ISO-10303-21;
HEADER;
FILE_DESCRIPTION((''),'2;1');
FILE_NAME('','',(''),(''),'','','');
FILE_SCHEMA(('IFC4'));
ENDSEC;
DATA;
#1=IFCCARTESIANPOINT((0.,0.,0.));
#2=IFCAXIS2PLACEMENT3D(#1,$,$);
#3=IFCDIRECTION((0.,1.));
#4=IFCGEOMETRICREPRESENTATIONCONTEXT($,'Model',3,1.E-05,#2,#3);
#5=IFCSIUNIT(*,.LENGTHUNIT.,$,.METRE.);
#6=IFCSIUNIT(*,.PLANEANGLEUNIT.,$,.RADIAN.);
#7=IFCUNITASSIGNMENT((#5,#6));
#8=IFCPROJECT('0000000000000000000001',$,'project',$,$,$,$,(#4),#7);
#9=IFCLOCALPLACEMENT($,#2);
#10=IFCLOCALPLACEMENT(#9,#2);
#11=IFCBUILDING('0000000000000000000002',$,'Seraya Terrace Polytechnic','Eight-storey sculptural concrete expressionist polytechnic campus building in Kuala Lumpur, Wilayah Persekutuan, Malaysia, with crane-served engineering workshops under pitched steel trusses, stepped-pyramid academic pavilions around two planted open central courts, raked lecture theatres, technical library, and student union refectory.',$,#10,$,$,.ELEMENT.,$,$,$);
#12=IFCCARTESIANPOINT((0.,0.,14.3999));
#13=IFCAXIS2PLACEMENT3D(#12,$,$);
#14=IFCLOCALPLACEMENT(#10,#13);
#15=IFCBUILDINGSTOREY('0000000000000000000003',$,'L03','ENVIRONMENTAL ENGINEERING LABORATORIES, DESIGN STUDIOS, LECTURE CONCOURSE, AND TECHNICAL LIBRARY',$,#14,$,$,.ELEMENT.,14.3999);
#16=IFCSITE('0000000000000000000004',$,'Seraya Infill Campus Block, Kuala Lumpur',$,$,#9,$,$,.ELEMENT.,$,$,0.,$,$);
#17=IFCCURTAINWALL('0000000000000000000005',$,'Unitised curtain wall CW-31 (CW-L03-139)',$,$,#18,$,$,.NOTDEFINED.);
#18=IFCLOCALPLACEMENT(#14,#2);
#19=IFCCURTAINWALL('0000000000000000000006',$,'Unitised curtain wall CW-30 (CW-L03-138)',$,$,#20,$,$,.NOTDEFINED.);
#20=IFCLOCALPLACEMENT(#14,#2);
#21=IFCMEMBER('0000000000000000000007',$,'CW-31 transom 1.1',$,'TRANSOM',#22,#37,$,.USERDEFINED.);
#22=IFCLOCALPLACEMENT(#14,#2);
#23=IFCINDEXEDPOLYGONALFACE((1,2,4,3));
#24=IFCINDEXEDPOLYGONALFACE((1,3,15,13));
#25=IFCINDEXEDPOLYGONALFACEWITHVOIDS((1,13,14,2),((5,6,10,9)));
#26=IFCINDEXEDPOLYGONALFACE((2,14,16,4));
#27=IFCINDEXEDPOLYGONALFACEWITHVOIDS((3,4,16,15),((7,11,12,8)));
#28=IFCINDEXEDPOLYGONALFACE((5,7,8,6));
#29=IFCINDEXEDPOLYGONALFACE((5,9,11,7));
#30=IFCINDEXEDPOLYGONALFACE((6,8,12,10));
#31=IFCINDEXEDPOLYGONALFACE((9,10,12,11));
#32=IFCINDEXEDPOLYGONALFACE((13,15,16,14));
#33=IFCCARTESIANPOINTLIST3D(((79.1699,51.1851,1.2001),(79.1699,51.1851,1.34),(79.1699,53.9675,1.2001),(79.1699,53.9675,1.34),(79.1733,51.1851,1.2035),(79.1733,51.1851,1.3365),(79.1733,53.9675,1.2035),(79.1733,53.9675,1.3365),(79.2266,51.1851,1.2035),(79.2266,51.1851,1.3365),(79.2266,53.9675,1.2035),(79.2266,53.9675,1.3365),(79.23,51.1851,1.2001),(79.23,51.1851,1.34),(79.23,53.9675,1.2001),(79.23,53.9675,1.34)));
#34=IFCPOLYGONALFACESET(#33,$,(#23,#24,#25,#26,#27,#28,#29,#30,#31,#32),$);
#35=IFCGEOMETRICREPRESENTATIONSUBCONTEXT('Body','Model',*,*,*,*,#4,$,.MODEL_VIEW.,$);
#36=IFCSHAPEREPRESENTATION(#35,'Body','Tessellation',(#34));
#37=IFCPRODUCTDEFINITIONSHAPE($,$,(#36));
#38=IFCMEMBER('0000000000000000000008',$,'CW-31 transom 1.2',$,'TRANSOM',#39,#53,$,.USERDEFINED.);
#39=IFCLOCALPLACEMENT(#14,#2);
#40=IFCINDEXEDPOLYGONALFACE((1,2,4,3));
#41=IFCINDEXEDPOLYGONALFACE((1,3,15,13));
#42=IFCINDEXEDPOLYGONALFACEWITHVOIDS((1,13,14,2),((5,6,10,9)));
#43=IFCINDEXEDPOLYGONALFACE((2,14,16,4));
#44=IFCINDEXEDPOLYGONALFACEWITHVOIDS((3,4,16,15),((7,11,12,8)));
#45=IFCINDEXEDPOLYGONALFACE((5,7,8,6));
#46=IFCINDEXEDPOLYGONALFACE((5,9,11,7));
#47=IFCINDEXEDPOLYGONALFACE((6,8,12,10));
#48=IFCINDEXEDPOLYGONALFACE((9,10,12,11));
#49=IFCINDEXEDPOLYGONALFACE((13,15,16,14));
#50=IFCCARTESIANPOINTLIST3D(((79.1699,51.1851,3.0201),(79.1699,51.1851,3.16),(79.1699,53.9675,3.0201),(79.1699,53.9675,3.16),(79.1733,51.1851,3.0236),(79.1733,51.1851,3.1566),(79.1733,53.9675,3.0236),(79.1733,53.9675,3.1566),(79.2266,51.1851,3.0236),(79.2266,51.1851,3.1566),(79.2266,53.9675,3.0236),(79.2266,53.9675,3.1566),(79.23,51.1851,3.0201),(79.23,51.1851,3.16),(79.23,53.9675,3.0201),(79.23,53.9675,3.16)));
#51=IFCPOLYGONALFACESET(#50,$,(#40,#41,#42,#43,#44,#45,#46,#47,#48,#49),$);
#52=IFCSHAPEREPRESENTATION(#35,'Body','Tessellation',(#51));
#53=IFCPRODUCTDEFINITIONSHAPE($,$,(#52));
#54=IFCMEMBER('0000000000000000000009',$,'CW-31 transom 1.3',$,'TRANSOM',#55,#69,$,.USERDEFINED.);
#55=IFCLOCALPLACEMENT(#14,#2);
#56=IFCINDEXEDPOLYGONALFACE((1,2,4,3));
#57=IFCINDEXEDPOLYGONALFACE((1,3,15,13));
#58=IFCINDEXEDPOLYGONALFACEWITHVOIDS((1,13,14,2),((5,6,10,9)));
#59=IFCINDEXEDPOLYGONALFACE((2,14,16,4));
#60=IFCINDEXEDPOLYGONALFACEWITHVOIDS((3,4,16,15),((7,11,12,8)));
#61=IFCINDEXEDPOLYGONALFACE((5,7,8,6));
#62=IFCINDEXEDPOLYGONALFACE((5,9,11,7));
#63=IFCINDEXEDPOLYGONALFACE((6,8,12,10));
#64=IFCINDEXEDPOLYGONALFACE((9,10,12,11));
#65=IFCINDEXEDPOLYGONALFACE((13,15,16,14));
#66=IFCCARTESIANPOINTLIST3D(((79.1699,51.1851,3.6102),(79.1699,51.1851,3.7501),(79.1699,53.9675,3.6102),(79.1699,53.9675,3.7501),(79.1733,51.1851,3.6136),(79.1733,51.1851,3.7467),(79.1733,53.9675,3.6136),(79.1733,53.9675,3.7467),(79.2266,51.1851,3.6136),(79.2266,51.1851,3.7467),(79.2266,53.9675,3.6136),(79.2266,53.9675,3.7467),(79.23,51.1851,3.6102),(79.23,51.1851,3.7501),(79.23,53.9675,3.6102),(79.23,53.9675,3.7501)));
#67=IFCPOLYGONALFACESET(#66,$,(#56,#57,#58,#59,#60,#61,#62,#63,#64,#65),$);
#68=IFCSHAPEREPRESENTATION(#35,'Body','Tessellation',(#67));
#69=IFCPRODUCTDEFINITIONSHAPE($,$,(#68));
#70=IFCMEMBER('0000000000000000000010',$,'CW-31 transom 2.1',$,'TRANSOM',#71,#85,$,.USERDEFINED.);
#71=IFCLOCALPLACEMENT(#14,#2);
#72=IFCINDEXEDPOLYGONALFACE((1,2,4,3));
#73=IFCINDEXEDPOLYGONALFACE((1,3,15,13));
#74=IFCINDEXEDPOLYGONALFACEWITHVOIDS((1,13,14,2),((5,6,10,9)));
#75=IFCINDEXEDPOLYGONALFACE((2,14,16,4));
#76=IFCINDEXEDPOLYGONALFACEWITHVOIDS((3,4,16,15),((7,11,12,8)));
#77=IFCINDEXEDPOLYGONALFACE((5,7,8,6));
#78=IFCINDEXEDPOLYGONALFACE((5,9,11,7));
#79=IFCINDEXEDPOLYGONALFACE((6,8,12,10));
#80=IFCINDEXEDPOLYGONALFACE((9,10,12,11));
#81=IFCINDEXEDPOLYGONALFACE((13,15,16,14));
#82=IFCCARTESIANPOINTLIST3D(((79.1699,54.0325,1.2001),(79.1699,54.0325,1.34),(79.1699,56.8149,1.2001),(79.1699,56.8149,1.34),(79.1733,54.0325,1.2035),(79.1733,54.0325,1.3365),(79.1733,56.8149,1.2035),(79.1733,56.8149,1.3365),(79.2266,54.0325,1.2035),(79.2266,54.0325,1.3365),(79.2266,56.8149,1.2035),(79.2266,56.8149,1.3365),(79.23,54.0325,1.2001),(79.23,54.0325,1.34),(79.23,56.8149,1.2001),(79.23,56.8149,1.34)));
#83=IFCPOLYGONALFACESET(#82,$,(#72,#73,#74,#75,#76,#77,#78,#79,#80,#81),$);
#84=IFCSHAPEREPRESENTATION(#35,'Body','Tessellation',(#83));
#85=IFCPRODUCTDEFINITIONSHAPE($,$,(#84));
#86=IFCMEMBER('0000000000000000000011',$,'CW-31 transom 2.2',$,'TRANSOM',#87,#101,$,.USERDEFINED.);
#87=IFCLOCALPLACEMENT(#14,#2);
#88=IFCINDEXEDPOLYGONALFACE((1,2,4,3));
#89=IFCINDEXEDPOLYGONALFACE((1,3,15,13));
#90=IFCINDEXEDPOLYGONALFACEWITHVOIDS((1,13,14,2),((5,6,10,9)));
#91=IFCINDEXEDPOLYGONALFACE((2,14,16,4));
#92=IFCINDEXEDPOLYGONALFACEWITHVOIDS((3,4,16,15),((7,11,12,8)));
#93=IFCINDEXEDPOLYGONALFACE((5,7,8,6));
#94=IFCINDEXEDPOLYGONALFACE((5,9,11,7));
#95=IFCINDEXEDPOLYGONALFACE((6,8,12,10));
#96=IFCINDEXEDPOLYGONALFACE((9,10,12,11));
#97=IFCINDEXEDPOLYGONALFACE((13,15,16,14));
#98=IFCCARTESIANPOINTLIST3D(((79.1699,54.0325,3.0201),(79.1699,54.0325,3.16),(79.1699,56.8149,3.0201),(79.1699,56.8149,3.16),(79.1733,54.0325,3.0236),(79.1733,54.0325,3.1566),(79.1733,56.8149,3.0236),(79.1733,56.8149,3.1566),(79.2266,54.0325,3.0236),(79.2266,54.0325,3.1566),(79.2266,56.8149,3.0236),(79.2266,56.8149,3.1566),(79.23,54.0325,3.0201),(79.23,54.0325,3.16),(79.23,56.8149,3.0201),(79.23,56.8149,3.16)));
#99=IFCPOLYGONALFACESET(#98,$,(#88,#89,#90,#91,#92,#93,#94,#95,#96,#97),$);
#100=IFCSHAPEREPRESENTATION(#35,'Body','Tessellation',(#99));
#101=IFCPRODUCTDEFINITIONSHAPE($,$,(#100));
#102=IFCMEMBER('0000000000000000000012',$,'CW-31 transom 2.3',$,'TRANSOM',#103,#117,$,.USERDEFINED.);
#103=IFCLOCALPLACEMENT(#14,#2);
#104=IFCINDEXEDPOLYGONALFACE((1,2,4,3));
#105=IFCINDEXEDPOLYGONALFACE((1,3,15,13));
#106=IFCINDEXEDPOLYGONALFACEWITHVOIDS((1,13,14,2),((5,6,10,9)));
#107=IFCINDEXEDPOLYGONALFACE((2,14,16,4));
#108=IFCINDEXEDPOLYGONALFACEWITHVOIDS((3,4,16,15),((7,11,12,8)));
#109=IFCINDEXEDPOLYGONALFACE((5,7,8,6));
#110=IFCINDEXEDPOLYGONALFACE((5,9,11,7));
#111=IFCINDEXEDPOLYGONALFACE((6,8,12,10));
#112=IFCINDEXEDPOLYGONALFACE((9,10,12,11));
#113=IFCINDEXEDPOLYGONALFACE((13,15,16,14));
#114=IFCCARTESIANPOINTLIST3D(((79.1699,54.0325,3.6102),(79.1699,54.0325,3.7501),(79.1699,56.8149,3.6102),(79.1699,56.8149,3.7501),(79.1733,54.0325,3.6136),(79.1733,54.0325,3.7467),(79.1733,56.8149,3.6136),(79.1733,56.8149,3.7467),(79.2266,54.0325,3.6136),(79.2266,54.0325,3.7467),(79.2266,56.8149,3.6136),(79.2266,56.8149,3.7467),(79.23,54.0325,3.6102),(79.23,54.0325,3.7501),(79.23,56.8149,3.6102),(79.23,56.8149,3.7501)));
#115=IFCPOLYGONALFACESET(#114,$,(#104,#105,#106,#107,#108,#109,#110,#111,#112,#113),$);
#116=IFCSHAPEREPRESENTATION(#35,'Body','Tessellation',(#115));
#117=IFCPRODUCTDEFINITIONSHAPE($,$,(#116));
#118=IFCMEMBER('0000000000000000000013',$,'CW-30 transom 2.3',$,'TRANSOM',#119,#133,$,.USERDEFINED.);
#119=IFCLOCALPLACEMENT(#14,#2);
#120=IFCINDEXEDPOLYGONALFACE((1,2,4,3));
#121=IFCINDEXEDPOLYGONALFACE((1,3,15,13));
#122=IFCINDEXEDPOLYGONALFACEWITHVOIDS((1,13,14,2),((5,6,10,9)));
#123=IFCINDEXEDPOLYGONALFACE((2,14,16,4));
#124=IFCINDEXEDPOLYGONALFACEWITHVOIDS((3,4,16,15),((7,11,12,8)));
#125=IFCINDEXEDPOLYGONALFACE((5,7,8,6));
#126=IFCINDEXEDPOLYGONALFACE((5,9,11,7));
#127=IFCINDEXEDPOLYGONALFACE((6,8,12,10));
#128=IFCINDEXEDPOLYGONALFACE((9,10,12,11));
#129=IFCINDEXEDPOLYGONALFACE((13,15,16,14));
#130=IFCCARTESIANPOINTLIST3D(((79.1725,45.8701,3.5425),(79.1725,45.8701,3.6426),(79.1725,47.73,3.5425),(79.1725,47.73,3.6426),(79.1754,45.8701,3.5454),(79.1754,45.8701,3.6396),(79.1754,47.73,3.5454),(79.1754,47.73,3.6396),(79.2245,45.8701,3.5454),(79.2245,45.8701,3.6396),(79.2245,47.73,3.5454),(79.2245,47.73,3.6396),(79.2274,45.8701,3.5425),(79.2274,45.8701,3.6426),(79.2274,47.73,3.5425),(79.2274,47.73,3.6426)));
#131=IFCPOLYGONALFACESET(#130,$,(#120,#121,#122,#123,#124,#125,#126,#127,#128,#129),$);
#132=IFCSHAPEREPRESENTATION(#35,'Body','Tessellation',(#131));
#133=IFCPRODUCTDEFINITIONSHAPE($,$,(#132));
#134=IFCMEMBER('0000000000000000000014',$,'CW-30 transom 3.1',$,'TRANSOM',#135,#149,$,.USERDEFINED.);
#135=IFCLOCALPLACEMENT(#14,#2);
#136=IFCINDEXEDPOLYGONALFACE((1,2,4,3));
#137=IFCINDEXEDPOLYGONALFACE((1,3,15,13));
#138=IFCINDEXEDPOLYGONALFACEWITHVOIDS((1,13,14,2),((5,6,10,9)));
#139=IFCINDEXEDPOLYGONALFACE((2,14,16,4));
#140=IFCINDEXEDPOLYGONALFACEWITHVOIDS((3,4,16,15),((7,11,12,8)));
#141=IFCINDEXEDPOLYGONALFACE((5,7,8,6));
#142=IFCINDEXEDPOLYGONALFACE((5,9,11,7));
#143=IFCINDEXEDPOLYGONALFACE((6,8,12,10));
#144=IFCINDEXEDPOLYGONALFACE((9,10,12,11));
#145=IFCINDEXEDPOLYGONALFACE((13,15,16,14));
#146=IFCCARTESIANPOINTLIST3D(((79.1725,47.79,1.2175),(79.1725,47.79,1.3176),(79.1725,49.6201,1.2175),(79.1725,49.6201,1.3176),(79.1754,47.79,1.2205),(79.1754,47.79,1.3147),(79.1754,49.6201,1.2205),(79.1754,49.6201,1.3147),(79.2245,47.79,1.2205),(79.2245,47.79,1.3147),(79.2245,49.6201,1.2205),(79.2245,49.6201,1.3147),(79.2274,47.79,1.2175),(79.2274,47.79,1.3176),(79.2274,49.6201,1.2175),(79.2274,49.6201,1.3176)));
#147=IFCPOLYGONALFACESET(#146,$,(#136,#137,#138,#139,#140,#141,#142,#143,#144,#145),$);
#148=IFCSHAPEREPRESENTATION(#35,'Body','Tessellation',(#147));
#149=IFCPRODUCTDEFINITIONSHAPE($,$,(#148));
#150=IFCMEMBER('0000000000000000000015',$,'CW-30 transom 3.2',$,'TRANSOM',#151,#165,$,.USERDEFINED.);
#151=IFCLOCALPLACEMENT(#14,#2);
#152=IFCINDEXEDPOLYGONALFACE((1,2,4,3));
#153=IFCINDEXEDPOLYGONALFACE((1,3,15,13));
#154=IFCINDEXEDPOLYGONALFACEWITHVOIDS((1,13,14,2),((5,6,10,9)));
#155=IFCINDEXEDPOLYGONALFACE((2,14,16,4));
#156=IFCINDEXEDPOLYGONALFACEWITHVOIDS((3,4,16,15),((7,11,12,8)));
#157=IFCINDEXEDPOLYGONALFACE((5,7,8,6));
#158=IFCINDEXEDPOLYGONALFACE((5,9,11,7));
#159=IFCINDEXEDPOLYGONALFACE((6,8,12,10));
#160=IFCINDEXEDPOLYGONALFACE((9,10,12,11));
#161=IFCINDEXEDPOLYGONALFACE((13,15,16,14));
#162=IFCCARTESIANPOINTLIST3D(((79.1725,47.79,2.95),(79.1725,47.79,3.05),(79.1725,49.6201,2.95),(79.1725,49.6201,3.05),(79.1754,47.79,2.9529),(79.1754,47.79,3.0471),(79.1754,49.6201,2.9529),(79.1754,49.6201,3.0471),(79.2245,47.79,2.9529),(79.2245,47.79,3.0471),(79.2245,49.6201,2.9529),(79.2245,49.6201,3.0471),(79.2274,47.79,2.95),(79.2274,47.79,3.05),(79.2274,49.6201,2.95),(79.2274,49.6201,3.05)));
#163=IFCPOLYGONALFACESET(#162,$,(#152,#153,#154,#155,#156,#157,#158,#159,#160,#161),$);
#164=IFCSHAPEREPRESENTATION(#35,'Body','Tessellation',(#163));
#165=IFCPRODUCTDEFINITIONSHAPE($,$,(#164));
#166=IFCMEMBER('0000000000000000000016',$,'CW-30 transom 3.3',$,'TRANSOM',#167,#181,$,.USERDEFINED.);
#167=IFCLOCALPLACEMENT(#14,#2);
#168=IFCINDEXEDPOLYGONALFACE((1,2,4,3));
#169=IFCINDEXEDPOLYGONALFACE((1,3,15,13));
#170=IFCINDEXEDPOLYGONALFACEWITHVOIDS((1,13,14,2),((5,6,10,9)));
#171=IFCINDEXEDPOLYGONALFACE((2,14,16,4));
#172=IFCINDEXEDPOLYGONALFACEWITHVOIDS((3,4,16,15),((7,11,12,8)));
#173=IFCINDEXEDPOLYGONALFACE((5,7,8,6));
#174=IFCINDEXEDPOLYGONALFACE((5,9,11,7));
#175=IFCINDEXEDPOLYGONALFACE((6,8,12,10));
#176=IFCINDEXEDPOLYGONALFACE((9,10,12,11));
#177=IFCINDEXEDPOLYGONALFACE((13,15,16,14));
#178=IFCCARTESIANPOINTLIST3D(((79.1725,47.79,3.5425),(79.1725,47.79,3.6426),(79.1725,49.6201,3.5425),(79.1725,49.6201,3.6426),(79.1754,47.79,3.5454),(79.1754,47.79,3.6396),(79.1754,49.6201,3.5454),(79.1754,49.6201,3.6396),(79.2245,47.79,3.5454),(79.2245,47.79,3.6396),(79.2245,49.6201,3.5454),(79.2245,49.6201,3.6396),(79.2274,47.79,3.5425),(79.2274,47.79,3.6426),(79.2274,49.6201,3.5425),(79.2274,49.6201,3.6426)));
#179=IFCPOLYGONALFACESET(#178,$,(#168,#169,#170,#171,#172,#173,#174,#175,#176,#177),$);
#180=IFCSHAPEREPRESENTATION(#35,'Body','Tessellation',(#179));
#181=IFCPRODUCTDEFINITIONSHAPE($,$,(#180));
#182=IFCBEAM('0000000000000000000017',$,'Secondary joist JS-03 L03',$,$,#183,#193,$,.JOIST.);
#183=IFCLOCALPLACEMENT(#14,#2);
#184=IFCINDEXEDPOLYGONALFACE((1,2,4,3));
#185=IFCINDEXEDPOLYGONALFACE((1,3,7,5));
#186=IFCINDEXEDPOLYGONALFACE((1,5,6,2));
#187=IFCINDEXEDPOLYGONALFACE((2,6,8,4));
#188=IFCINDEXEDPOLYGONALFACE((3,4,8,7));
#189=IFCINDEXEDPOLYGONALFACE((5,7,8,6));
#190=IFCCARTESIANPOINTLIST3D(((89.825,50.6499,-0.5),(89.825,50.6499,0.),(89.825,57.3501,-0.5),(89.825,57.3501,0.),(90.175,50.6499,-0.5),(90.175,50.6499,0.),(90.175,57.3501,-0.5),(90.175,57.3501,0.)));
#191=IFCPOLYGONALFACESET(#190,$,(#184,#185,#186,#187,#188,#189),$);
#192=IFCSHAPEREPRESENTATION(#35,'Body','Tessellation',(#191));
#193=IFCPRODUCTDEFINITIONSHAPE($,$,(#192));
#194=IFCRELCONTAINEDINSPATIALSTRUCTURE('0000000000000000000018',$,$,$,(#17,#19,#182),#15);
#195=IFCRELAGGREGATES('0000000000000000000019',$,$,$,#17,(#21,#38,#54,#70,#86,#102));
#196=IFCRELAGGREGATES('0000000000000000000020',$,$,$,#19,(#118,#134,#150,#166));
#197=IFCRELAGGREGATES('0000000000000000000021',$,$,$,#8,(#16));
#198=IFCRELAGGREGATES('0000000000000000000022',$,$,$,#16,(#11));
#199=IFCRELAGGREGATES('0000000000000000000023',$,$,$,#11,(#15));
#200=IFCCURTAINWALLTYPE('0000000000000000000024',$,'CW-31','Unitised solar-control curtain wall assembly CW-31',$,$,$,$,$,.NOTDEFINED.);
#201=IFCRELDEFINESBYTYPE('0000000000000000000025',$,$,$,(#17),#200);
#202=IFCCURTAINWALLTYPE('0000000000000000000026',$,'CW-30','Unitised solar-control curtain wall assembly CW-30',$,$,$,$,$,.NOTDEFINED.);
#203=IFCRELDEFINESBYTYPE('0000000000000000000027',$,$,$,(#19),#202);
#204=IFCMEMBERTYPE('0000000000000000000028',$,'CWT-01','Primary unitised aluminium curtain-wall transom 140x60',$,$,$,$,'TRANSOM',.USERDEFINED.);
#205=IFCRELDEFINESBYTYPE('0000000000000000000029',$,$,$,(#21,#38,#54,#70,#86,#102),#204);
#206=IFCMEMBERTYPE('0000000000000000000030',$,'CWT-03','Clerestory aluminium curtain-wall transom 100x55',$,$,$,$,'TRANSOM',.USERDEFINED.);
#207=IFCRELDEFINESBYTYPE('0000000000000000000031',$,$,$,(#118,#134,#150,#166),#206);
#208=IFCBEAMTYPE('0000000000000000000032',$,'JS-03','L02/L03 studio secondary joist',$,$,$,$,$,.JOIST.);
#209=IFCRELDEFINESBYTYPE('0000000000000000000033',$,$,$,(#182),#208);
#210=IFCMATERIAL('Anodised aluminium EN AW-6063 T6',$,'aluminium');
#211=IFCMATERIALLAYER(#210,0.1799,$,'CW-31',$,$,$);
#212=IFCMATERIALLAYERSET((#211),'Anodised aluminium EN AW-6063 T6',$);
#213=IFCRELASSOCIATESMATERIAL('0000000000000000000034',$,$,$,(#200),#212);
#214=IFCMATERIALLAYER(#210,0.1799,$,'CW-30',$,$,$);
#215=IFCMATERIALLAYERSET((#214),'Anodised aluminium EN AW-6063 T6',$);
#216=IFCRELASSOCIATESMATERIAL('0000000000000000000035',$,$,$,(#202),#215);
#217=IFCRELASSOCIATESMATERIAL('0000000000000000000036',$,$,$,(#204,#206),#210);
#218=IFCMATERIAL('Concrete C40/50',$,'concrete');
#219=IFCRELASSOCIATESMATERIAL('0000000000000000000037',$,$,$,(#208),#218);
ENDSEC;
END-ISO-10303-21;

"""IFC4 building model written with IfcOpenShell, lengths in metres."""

from ifc_helpers import new_model, si_unit, direction, frame, origin, origin_2d, place, context, subcontext, project, spatial, rectangle, hollow_rectangle, extrude, material, layer, layer_set, material_profile, profile_set, type_object, element, aggregate, save


model = new_model("IFC4")

# Units and contexts
model_context = context("Model", 3, precision=1e-05, world=origin(), true_north=direction((0.0, 1.0)))
body_context = subcontext(model_context, "Body", "Model", "MODEL_VIEW")
ifc_project = project(units=[si_unit("LENGTHUNIT", "METRE"), si_unit("PLANEANGLEUNIT", "RADIAN")], contexts=[model_context])

# Site, building, storey
site_placement = place(None, origin())
site = spatial("IfcSite", under=ifc_project, at=site_placement, Name="Seraya Infill Campus Block, Kuala Lumpur", CompositionType="ELEMENT", RefElevation=0.0)
building_placement = place(site_placement, origin())
building = spatial("IfcBuilding", under=site, at=building_placement, Name="Seraya Terrace Polytechnic", Description="Eight-storey sculptural concrete expressionist polytechnic campus building in Kuala Lumpur, Wilayah Persekutuan, Malaysia, with crane-served engineering workshops under pitched steel trusses, stepped-pyramid academic pavilions around two planted open central courts, raked lecture theatres, technical library, and student union refectory.", CompositionType="ELEMENT")
storey_placement = place(building_placement, frame((0.0, 0.0, 14.3999)))
storey = spatial("IfcBuildingStorey", under=building, at=storey_placement, Name="L03", Description="ENVIRONMENTAL ENGINEERING LABORATORIES, DESIGN STUDIOS, LECTURE CONCOURSE, AND TECHNICAL LIBRARY", CompositionType="ELEMENT", Elevation=14.3999)

# Shared definitions
ifc_material_1 = material(Name="Concrete C40/50", Category="concrete")

# Curtain walls
ifc_material_2 = material(Name="Anodised aluminium EN AW-6063 T6", Category="aluminium")
ifc_layer_1 = layer(ifc_material_2, 0.1799, Name="CW-31")
ifc_layer_set_1 = layer_set([ifc_layer_1], Name="Anodised aluminium EN AW-6063 T6")
curtain_wall_type_1 = type_object("IfcCurtainWallType", Name="CW-31", Description="Unitised solar-control curtain wall assembly CW-31", PredefinedType="NOTDEFINED", material=ifc_layer_set_1)
curtain_wall_1_placement = place(storey_placement, origin())
curtain_wall_1 = element("IfcCurtainWall", 1, at=curtain_wall_1_placement, inside=storey, type_object=curtain_wall_type_1, Name="Unitised curtain wall CW-31 (CW-L03-139)", PredefinedType="NOTDEFINED")
ifc_layer_2 = layer(ifc_material_2, 0.1799, Name="CW-30")
ifc_layer_set_2 = layer_set([ifc_layer_2], Name="Anodised aluminium EN AW-6063 T6")
curtain_wall_type_2 = type_object("IfcCurtainWallType", Name="CW-30", Description="Unitised solar-control curtain wall assembly CW-30", PredefinedType="NOTDEFINED", material=ifc_layer_set_2)
curtain_wall_2_placement = place(storey_placement, origin())
curtain_wall_2 = element("IfcCurtainWall", 2, at=curtain_wall_2_placement, inside=storey, type_object=curtain_wall_type_2, Name="Unitised curtain wall CW-30 (CW-L03-138)", PredefinedType="NOTDEFINED")

# Members
ifc_material_profile_1 = material_profile(ifc_material_2, hollow_rectangle(XDim=0.0601, YDim=0.1399, WallThickness=0.0034, at=origin_2d()), Name="RHS 140x60x3.5")
ifc_profile_set_1 = profile_set([ifc_material_profile_1], Name="Anodised aluminium EN AW-6063 T6")
member_type_1 = type_object("IfcMemberType", Name="CWT-01", Description="Primary unitised aluminium curtain-wall transom 140x60", ElementType="TRANSOM", PredefinedType="USERDEFINED", material=ifc_profile_set_1)
member_1_placement = place(storey_placement, frame((79.2, 51.1851, 1.27), z_axis=(0.0, 1.0, 0.0), x_axis=(-1.0, 0.0, 0.0)))
member_1 = element("IfcMember", 3, at=member_1_placement, type_object=member_type_1, Name="CW-31 transom 1.1", ObjectType="TRANSOM", PredefinedType="USERDEFINED", context=body_context, shape_type="SweptSolid", body=[
    extrude(hollow_rectangle(XDim=0.0601, YDim=0.1399, WallThickness=0.0034, at=origin_2d()), origin(), (0.0, 0.0, 1.0), 2.7825),
])
member_2_placement = place(storey_placement, frame((79.2, 51.1851, 3.0901), z_axis=(0.0, 1.0, 0.0), x_axis=(-1.0, 0.0, 0.0)))
member_2 = element("IfcMember", 4, at=member_2_placement, type_object=member_type_1, Name="CW-31 transom 1.2", ObjectType="TRANSOM", PredefinedType="USERDEFINED", context=body_context, shape_type="SweptSolid", body=[
    extrude(hollow_rectangle(XDim=0.0601, YDim=0.1399, WallThickness=0.0034, at=origin_2d()), origin(), (0.0, 0.0, 1.0), 2.7825),
])
member_3_placement = place(storey_placement, frame((79.2, 51.1851, 3.6802), z_axis=(0.0, 1.0, 0.0), x_axis=(-1.0, 0.0, 0.0)))
member_3 = element("IfcMember", 5, at=member_3_placement, type_object=member_type_1, Name="CW-31 transom 1.3", ObjectType="TRANSOM", PredefinedType="USERDEFINED", context=body_context, shape_type="SweptSolid", body=[
    extrude(hollow_rectangle(XDim=0.0601, YDim=0.1399, WallThickness=0.0034, at=origin_2d()), origin(), (0.0, 0.0, 1.0), 2.7825),
])
member_4_placement = place(storey_placement, frame((79.2, 54.0325, 1.27), z_axis=(0.0, 1.0, 0.0), x_axis=(-1.0, 0.0, 0.0)))
member_4 = element("IfcMember", 6, at=member_4_placement, type_object=member_type_1, Name="CW-31 transom 2.1", ObjectType="TRANSOM", PredefinedType="USERDEFINED", context=body_context, shape_type="SweptSolid", body=[
    extrude(hollow_rectangle(XDim=0.0601, YDim=0.1399, WallThickness=0.0034, at=origin_2d()), origin(), (0.0, 0.0, 1.0), 2.7825),
])
member_5_placement = place(storey_placement, frame((79.2, 54.0325, 3.0901), z_axis=(0.0, 1.0, 0.0), x_axis=(-1.0, 0.0, 0.0)))
member_5 = element("IfcMember", 7, at=member_5_placement, type_object=member_type_1, Name="CW-31 transom 2.2", ObjectType="TRANSOM", PredefinedType="USERDEFINED", context=body_context, shape_type="SweptSolid", body=[
    extrude(hollow_rectangle(XDim=0.0601, YDim=0.1399, WallThickness=0.0034, at=origin_2d()), origin(), (0.0, 0.0, 1.0), 2.7825),
])
member_6_placement = place(storey_placement, frame((79.2, 54.0325, 3.6802), z_axis=(0.0, 1.0, 0.0), x_axis=(-1.0, 0.0, 0.0)))
member_6 = element("IfcMember", 8, at=member_6_placement, type_object=member_type_1, Name="CW-31 transom 2.3", ObjectType="TRANSOM", PredefinedType="USERDEFINED", context=body_context, shape_type="SweptSolid", body=[
    extrude(hollow_rectangle(XDim=0.0601, YDim=0.1399, WallThickness=0.0034, at=origin_2d()), origin(), (0.0, 0.0, 1.0), 2.7825),
])
ifc_material_profile_2 = material_profile(ifc_material_2, hollow_rectangle(XDim=0.0549, YDim=0.1001, WallThickness=0.0029, at=origin_2d()), Name="RHS 100x55x3.0")
ifc_profile_set_2 = profile_set([ifc_material_profile_2], Name="Anodised aluminium EN AW-6063 T6")
member_type_2 = type_object("IfcMemberType", Name="CWT-03", Description="Clerestory aluminium curtain-wall transom 100x55", ElementType="TRANSOM", PredefinedType="USERDEFINED", material=ifc_profile_set_2)
member_7_placement = place(storey_placement, frame((79.2, 45.8701, 3.5925), z_axis=(0.0, 1.0, 0.0), x_axis=(-1.0, 0.0, 0.0)))
member_7 = element("IfcMember", 9, at=member_7_placement, type_object=member_type_2, Name="CW-30 transom 2.3", ObjectType="TRANSOM", PredefinedType="USERDEFINED", context=body_context, shape_type="SweptSolid", body=[
    extrude(hollow_rectangle(XDim=0.0549, YDim=0.1001, WallThickness=0.0029, at=origin_2d()), origin(), (0.0, 0.0, 1.0), 1.8599),
])
member_8_placement = place(storey_placement, frame((79.2, 47.79, 1.2676), z_axis=(0.0, 1.0, 0.0), x_axis=(-1.0, 0.0, 0.0)))
member_8 = element("IfcMember", 10, at=member_8_placement, type_object=member_type_2, Name="CW-30 transom 3.1", ObjectType="TRANSOM", PredefinedType="USERDEFINED", context=body_context, shape_type="SweptSolid", body=[
    extrude(hollow_rectangle(XDim=0.0549, YDim=0.1001, WallThickness=0.0029, at=origin_2d()), origin(), (0.0, 0.0, 1.0), 1.8301),
])
member_9_placement = place(storey_placement, frame((79.2, 47.79, 3.0), z_axis=(0.0, 1.0, 0.0), x_axis=(-1.0, 0.0, 0.0)))
member_9 = element("IfcMember", 11, at=member_9_placement, type_object=member_type_2, Name="CW-30 transom 3.2", ObjectType="TRANSOM", PredefinedType="USERDEFINED", context=body_context, shape_type="SweptSolid", body=[
    extrude(hollow_rectangle(XDim=0.0549, YDim=0.1001, WallThickness=0.0029, at=origin_2d()), origin(), (0.0, 0.0, 1.0), 1.8301),
])
member_10_placement = place(storey_placement, frame((79.2, 47.79, 3.5925), z_axis=(0.0, 1.0, 0.0), x_axis=(-1.0, 0.0, 0.0)))
member_10 = element("IfcMember", 12, at=member_10_placement, type_object=member_type_2, Name="CW-30 transom 3.3", ObjectType="TRANSOM", PredefinedType="USERDEFINED", context=body_context, shape_type="SweptSolid", body=[
    extrude(hollow_rectangle(XDim=0.0549, YDim=0.1001, WallThickness=0.0029, at=origin_2d()), origin(), (0.0, 0.0, 1.0), 1.8301),
])

# Beam
ifc_material_profile_3 = material_profile(ifc_material_1, rectangle(XDim=0.3501, YDim=0.5, at=origin_2d()), Name="RC 350x500")
ifc_profile_set_3 = profile_set([ifc_material_profile_3], Name="Concrete C40/50")
beam_type_1 = type_object("IfcBeamType", Name="JS-03", Description="L02/L03 studio secondary joist", PredefinedType="JOIST", material=ifc_profile_set_3)
beam_1_placement = place(storey_placement, frame((90.0, 50.6499, -0.25), z_axis=(0.0, 1.0, 0.0), x_axis=(-1.0, 0.0, 0.0)))
element("IfcBeam", 13, at=beam_1_placement, inside=storey, type_object=beam_type_1, Name="Secondary joist JS-03 L03", PredefinedType="JOIST", context=body_context, shape_type="SweptSolid", body=[
    extrude(rectangle(XDim=0.3501, YDim=0.5, at=origin_2d()), origin(), (0.0, 0.0, 1.0), 6.7002),
])

aggregate(curtain_wall_1, [member_1, member_2, member_3, member_4, member_5, member_6])
aggregate(curtain_wall_2, [member_7, member_8, member_9, member_10])

save(model, "model.ifc")
